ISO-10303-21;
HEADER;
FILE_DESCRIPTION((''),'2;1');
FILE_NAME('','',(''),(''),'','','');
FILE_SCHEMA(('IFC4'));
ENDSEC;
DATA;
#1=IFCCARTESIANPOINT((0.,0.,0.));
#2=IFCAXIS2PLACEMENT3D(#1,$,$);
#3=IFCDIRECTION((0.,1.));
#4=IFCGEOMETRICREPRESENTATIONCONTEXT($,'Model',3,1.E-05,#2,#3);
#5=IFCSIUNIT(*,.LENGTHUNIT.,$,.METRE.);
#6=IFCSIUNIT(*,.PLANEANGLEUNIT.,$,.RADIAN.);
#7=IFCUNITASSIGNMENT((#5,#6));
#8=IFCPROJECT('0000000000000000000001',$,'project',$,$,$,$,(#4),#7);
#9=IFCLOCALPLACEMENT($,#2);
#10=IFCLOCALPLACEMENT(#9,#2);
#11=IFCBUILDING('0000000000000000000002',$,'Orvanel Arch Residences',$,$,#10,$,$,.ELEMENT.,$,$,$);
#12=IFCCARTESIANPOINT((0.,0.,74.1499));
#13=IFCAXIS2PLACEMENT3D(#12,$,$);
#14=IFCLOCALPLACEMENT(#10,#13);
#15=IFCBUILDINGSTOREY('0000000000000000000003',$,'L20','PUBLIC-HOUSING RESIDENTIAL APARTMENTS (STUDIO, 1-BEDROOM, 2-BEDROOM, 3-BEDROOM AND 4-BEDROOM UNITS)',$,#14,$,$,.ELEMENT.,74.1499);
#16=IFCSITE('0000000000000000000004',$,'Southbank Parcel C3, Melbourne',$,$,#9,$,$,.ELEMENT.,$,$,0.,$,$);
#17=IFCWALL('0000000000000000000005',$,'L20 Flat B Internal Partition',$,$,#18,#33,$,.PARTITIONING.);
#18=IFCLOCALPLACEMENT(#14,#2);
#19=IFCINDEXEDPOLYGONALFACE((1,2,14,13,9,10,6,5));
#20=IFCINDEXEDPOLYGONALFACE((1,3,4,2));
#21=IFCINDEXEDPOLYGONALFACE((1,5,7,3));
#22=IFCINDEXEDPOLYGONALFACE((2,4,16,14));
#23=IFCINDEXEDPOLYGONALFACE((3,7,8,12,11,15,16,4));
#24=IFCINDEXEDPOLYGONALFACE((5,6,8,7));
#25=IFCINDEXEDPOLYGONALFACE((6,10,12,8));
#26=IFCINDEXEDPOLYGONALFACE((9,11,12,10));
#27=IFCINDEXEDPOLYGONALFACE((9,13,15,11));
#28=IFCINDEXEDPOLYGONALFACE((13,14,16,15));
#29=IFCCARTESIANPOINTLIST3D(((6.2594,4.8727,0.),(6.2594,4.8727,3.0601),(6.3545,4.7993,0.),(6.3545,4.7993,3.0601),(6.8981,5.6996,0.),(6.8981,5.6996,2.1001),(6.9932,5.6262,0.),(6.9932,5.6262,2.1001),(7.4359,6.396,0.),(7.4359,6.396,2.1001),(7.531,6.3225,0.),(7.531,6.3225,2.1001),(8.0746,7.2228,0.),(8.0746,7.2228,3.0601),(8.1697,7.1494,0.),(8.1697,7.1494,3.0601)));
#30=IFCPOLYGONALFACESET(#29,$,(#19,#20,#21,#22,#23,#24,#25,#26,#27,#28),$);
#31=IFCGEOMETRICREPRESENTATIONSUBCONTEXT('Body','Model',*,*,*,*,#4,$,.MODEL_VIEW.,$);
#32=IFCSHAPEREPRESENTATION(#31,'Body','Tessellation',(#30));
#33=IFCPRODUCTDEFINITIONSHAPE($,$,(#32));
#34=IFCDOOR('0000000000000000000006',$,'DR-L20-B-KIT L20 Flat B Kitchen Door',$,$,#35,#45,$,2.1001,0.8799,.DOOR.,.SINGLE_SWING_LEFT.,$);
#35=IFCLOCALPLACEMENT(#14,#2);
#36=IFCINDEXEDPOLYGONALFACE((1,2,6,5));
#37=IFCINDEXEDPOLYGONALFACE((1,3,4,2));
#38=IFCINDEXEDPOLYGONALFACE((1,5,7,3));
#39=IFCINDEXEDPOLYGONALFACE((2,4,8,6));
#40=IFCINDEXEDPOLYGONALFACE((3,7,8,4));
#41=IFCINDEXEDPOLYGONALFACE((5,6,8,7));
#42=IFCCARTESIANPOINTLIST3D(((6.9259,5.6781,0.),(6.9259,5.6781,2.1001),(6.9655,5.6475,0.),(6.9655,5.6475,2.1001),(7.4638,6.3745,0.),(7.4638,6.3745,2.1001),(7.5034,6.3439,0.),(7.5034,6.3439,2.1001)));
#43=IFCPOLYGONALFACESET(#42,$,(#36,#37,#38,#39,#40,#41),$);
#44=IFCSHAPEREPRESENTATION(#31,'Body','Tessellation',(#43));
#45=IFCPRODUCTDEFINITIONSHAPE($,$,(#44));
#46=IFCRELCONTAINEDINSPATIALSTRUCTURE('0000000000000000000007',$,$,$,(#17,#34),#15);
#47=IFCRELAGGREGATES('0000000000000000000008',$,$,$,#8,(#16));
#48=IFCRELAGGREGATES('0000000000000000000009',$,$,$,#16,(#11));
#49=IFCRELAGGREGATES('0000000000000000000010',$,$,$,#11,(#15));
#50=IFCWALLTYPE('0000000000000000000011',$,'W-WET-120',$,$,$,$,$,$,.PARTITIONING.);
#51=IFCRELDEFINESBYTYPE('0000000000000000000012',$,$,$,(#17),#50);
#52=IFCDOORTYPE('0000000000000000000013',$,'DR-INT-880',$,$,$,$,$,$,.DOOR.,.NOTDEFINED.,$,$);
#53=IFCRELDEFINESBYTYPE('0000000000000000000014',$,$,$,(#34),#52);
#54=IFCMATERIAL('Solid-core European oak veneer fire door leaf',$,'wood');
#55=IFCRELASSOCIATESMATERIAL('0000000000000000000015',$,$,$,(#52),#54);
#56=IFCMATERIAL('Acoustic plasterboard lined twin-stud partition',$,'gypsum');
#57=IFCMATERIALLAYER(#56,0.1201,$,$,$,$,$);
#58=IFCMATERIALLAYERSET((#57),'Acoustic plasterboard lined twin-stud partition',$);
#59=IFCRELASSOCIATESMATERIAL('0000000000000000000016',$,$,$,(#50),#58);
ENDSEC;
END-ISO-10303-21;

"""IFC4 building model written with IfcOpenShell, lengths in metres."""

from ifc_helpers import new_model, si_unit, direction, frame, frame_2d, origin, place, context, subcontext, project, spatial, rectangle, extrude, material, layer, layer_set, type_object, element, fill, save


model = new_model("IFC4")

# Units and contexts
model_context = context("Model", 3, precision=1e-05, world=origin(), true_north=direction((0.0, 1.0)))
body_context = subcontext(model_context, "Body", "Model", "MODEL_VIEW")
ifc_project = project(units=[si_unit("LENGTHUNIT", "METRE"), si_unit("PLANEANGLEUNIT", "RADIAN")], contexts=[model_context])

# Site, building, storey
site_placement = place(None, origin())
site = spatial("IfcSite", under=ifc_project, at=site_placement, Name="Southbank Parcel C3, Melbourne", CompositionType="ELEMENT", RefElevation=0.0)
building_placement = place(site_placement, origin())
building = spatial("IfcBuilding", under=site, at=building_placement, Name="Orvanel Arch Residences", CompositionType="ELEMENT")
storey_placement = place(building_placement, frame((0.0, 0.0, 74.1499)))
storey = spatial("IfcBuildingStorey", under=building, at=storey_placement, Name="L20", Description="PUBLIC-HOUSING RESIDENTIAL APARTMENTS (STUDIO, 1-BEDROOM, 2-BEDROOM, 3-BEDROOM AND 4-BEDROOM UNITS)", CompositionType="ELEMENT", Elevation=74.1499)

# Wall, opening, door
ifc_material_1 = material(Name="Acoustic plasterboard lined twin-stud partition", Category="gypsum")
ifc_material_2 = material(Name="Solid-core European oak veneer fire door leaf", Category="wood")
door_type = type_object("IfcDoorType", Name="DR-INT-880", OperationType="NOTDEFINED", PredefinedType="DOOR", material=ifc_material_2)
ifc_layer_1 = layer(ifc_material_1, 0.1201)
ifc_layer_set_1 = layer_set([ifc_layer_1], Name="Acoustic plasterboard lined twin-stud partition")
wall_type_1 = type_object("IfcWallType", Name="W-WET-120", PredefinedType="PARTITIONING", material=ifc_layer_set_1)
wall_1_placement = place(storey_placement, frame((6.3069, 4.8359, 0.0), z_axis=(0.0, 0.0, 1.0), x_axis=(0.611279, 0.791415, 0.0)))
wall_1 = element("IfcWall", 1, at=wall_1_placement, inside=storey, type_object=wall_type_1, Name="L20 Flat B Internal Partition", PredefinedType="PARTITIONING", context=body_context, shape_type="SweptSolid", body=[
    extrude(rectangle(XDim=2.9695, YDim=0.1201, at=frame_2d((1.4849, 0.0))), origin(), (0.0, 0.0, 1.0), 3.0601),
])
opening_1_placement = place(wall_1_placement, frame((1.0449, 0.0, 0.0)))
opening_1 = element("IfcOpeningElement", 2, at=opening_1_placement, cuts=wall_1, PredefinedType="OPENING", context=body_context, shape_type="SweptSolid", body=[
    extrude(rectangle(XDim=0.8799, YDim=2.1001, at=frame_2d((0.4399, 1.05))), frame((0.0, 0.0701, 0.0), z_axis=(0.0, -1.0, 0.0), x_axis=(1.0, 0.0, 0.0)), (0.0, 0.0, 1.0), 0.1401),
])
door_1_placement = place(opening_1_placement, origin())
door_1 = element("IfcDoor", 3, at=door_1_placement, inside=storey, type_object=door_type, Name="DR-L20-B-KIT L20 Flat B Kitchen Door", OperationType="SINGLE_SWING_LEFT", OverallHeight=2.1001, OverallWidth=0.8799, PredefinedType="DOOR", context=body_context, shape_type="SweptSolid", body=[
    extrude(rectangle(XDim=0.8799, YDim=2.1001, at=frame_2d((0.4399, 1.05))), frame((0.0, 0.0249, 0.0), z_axis=(0.0, -1.0, 0.0), x_axis=(1.0, 0.0, 0.0)), (0.0, 0.0, 1.0), 0.05),
])
fill(opening_1, door_1)

save(model, "model.ifc")
